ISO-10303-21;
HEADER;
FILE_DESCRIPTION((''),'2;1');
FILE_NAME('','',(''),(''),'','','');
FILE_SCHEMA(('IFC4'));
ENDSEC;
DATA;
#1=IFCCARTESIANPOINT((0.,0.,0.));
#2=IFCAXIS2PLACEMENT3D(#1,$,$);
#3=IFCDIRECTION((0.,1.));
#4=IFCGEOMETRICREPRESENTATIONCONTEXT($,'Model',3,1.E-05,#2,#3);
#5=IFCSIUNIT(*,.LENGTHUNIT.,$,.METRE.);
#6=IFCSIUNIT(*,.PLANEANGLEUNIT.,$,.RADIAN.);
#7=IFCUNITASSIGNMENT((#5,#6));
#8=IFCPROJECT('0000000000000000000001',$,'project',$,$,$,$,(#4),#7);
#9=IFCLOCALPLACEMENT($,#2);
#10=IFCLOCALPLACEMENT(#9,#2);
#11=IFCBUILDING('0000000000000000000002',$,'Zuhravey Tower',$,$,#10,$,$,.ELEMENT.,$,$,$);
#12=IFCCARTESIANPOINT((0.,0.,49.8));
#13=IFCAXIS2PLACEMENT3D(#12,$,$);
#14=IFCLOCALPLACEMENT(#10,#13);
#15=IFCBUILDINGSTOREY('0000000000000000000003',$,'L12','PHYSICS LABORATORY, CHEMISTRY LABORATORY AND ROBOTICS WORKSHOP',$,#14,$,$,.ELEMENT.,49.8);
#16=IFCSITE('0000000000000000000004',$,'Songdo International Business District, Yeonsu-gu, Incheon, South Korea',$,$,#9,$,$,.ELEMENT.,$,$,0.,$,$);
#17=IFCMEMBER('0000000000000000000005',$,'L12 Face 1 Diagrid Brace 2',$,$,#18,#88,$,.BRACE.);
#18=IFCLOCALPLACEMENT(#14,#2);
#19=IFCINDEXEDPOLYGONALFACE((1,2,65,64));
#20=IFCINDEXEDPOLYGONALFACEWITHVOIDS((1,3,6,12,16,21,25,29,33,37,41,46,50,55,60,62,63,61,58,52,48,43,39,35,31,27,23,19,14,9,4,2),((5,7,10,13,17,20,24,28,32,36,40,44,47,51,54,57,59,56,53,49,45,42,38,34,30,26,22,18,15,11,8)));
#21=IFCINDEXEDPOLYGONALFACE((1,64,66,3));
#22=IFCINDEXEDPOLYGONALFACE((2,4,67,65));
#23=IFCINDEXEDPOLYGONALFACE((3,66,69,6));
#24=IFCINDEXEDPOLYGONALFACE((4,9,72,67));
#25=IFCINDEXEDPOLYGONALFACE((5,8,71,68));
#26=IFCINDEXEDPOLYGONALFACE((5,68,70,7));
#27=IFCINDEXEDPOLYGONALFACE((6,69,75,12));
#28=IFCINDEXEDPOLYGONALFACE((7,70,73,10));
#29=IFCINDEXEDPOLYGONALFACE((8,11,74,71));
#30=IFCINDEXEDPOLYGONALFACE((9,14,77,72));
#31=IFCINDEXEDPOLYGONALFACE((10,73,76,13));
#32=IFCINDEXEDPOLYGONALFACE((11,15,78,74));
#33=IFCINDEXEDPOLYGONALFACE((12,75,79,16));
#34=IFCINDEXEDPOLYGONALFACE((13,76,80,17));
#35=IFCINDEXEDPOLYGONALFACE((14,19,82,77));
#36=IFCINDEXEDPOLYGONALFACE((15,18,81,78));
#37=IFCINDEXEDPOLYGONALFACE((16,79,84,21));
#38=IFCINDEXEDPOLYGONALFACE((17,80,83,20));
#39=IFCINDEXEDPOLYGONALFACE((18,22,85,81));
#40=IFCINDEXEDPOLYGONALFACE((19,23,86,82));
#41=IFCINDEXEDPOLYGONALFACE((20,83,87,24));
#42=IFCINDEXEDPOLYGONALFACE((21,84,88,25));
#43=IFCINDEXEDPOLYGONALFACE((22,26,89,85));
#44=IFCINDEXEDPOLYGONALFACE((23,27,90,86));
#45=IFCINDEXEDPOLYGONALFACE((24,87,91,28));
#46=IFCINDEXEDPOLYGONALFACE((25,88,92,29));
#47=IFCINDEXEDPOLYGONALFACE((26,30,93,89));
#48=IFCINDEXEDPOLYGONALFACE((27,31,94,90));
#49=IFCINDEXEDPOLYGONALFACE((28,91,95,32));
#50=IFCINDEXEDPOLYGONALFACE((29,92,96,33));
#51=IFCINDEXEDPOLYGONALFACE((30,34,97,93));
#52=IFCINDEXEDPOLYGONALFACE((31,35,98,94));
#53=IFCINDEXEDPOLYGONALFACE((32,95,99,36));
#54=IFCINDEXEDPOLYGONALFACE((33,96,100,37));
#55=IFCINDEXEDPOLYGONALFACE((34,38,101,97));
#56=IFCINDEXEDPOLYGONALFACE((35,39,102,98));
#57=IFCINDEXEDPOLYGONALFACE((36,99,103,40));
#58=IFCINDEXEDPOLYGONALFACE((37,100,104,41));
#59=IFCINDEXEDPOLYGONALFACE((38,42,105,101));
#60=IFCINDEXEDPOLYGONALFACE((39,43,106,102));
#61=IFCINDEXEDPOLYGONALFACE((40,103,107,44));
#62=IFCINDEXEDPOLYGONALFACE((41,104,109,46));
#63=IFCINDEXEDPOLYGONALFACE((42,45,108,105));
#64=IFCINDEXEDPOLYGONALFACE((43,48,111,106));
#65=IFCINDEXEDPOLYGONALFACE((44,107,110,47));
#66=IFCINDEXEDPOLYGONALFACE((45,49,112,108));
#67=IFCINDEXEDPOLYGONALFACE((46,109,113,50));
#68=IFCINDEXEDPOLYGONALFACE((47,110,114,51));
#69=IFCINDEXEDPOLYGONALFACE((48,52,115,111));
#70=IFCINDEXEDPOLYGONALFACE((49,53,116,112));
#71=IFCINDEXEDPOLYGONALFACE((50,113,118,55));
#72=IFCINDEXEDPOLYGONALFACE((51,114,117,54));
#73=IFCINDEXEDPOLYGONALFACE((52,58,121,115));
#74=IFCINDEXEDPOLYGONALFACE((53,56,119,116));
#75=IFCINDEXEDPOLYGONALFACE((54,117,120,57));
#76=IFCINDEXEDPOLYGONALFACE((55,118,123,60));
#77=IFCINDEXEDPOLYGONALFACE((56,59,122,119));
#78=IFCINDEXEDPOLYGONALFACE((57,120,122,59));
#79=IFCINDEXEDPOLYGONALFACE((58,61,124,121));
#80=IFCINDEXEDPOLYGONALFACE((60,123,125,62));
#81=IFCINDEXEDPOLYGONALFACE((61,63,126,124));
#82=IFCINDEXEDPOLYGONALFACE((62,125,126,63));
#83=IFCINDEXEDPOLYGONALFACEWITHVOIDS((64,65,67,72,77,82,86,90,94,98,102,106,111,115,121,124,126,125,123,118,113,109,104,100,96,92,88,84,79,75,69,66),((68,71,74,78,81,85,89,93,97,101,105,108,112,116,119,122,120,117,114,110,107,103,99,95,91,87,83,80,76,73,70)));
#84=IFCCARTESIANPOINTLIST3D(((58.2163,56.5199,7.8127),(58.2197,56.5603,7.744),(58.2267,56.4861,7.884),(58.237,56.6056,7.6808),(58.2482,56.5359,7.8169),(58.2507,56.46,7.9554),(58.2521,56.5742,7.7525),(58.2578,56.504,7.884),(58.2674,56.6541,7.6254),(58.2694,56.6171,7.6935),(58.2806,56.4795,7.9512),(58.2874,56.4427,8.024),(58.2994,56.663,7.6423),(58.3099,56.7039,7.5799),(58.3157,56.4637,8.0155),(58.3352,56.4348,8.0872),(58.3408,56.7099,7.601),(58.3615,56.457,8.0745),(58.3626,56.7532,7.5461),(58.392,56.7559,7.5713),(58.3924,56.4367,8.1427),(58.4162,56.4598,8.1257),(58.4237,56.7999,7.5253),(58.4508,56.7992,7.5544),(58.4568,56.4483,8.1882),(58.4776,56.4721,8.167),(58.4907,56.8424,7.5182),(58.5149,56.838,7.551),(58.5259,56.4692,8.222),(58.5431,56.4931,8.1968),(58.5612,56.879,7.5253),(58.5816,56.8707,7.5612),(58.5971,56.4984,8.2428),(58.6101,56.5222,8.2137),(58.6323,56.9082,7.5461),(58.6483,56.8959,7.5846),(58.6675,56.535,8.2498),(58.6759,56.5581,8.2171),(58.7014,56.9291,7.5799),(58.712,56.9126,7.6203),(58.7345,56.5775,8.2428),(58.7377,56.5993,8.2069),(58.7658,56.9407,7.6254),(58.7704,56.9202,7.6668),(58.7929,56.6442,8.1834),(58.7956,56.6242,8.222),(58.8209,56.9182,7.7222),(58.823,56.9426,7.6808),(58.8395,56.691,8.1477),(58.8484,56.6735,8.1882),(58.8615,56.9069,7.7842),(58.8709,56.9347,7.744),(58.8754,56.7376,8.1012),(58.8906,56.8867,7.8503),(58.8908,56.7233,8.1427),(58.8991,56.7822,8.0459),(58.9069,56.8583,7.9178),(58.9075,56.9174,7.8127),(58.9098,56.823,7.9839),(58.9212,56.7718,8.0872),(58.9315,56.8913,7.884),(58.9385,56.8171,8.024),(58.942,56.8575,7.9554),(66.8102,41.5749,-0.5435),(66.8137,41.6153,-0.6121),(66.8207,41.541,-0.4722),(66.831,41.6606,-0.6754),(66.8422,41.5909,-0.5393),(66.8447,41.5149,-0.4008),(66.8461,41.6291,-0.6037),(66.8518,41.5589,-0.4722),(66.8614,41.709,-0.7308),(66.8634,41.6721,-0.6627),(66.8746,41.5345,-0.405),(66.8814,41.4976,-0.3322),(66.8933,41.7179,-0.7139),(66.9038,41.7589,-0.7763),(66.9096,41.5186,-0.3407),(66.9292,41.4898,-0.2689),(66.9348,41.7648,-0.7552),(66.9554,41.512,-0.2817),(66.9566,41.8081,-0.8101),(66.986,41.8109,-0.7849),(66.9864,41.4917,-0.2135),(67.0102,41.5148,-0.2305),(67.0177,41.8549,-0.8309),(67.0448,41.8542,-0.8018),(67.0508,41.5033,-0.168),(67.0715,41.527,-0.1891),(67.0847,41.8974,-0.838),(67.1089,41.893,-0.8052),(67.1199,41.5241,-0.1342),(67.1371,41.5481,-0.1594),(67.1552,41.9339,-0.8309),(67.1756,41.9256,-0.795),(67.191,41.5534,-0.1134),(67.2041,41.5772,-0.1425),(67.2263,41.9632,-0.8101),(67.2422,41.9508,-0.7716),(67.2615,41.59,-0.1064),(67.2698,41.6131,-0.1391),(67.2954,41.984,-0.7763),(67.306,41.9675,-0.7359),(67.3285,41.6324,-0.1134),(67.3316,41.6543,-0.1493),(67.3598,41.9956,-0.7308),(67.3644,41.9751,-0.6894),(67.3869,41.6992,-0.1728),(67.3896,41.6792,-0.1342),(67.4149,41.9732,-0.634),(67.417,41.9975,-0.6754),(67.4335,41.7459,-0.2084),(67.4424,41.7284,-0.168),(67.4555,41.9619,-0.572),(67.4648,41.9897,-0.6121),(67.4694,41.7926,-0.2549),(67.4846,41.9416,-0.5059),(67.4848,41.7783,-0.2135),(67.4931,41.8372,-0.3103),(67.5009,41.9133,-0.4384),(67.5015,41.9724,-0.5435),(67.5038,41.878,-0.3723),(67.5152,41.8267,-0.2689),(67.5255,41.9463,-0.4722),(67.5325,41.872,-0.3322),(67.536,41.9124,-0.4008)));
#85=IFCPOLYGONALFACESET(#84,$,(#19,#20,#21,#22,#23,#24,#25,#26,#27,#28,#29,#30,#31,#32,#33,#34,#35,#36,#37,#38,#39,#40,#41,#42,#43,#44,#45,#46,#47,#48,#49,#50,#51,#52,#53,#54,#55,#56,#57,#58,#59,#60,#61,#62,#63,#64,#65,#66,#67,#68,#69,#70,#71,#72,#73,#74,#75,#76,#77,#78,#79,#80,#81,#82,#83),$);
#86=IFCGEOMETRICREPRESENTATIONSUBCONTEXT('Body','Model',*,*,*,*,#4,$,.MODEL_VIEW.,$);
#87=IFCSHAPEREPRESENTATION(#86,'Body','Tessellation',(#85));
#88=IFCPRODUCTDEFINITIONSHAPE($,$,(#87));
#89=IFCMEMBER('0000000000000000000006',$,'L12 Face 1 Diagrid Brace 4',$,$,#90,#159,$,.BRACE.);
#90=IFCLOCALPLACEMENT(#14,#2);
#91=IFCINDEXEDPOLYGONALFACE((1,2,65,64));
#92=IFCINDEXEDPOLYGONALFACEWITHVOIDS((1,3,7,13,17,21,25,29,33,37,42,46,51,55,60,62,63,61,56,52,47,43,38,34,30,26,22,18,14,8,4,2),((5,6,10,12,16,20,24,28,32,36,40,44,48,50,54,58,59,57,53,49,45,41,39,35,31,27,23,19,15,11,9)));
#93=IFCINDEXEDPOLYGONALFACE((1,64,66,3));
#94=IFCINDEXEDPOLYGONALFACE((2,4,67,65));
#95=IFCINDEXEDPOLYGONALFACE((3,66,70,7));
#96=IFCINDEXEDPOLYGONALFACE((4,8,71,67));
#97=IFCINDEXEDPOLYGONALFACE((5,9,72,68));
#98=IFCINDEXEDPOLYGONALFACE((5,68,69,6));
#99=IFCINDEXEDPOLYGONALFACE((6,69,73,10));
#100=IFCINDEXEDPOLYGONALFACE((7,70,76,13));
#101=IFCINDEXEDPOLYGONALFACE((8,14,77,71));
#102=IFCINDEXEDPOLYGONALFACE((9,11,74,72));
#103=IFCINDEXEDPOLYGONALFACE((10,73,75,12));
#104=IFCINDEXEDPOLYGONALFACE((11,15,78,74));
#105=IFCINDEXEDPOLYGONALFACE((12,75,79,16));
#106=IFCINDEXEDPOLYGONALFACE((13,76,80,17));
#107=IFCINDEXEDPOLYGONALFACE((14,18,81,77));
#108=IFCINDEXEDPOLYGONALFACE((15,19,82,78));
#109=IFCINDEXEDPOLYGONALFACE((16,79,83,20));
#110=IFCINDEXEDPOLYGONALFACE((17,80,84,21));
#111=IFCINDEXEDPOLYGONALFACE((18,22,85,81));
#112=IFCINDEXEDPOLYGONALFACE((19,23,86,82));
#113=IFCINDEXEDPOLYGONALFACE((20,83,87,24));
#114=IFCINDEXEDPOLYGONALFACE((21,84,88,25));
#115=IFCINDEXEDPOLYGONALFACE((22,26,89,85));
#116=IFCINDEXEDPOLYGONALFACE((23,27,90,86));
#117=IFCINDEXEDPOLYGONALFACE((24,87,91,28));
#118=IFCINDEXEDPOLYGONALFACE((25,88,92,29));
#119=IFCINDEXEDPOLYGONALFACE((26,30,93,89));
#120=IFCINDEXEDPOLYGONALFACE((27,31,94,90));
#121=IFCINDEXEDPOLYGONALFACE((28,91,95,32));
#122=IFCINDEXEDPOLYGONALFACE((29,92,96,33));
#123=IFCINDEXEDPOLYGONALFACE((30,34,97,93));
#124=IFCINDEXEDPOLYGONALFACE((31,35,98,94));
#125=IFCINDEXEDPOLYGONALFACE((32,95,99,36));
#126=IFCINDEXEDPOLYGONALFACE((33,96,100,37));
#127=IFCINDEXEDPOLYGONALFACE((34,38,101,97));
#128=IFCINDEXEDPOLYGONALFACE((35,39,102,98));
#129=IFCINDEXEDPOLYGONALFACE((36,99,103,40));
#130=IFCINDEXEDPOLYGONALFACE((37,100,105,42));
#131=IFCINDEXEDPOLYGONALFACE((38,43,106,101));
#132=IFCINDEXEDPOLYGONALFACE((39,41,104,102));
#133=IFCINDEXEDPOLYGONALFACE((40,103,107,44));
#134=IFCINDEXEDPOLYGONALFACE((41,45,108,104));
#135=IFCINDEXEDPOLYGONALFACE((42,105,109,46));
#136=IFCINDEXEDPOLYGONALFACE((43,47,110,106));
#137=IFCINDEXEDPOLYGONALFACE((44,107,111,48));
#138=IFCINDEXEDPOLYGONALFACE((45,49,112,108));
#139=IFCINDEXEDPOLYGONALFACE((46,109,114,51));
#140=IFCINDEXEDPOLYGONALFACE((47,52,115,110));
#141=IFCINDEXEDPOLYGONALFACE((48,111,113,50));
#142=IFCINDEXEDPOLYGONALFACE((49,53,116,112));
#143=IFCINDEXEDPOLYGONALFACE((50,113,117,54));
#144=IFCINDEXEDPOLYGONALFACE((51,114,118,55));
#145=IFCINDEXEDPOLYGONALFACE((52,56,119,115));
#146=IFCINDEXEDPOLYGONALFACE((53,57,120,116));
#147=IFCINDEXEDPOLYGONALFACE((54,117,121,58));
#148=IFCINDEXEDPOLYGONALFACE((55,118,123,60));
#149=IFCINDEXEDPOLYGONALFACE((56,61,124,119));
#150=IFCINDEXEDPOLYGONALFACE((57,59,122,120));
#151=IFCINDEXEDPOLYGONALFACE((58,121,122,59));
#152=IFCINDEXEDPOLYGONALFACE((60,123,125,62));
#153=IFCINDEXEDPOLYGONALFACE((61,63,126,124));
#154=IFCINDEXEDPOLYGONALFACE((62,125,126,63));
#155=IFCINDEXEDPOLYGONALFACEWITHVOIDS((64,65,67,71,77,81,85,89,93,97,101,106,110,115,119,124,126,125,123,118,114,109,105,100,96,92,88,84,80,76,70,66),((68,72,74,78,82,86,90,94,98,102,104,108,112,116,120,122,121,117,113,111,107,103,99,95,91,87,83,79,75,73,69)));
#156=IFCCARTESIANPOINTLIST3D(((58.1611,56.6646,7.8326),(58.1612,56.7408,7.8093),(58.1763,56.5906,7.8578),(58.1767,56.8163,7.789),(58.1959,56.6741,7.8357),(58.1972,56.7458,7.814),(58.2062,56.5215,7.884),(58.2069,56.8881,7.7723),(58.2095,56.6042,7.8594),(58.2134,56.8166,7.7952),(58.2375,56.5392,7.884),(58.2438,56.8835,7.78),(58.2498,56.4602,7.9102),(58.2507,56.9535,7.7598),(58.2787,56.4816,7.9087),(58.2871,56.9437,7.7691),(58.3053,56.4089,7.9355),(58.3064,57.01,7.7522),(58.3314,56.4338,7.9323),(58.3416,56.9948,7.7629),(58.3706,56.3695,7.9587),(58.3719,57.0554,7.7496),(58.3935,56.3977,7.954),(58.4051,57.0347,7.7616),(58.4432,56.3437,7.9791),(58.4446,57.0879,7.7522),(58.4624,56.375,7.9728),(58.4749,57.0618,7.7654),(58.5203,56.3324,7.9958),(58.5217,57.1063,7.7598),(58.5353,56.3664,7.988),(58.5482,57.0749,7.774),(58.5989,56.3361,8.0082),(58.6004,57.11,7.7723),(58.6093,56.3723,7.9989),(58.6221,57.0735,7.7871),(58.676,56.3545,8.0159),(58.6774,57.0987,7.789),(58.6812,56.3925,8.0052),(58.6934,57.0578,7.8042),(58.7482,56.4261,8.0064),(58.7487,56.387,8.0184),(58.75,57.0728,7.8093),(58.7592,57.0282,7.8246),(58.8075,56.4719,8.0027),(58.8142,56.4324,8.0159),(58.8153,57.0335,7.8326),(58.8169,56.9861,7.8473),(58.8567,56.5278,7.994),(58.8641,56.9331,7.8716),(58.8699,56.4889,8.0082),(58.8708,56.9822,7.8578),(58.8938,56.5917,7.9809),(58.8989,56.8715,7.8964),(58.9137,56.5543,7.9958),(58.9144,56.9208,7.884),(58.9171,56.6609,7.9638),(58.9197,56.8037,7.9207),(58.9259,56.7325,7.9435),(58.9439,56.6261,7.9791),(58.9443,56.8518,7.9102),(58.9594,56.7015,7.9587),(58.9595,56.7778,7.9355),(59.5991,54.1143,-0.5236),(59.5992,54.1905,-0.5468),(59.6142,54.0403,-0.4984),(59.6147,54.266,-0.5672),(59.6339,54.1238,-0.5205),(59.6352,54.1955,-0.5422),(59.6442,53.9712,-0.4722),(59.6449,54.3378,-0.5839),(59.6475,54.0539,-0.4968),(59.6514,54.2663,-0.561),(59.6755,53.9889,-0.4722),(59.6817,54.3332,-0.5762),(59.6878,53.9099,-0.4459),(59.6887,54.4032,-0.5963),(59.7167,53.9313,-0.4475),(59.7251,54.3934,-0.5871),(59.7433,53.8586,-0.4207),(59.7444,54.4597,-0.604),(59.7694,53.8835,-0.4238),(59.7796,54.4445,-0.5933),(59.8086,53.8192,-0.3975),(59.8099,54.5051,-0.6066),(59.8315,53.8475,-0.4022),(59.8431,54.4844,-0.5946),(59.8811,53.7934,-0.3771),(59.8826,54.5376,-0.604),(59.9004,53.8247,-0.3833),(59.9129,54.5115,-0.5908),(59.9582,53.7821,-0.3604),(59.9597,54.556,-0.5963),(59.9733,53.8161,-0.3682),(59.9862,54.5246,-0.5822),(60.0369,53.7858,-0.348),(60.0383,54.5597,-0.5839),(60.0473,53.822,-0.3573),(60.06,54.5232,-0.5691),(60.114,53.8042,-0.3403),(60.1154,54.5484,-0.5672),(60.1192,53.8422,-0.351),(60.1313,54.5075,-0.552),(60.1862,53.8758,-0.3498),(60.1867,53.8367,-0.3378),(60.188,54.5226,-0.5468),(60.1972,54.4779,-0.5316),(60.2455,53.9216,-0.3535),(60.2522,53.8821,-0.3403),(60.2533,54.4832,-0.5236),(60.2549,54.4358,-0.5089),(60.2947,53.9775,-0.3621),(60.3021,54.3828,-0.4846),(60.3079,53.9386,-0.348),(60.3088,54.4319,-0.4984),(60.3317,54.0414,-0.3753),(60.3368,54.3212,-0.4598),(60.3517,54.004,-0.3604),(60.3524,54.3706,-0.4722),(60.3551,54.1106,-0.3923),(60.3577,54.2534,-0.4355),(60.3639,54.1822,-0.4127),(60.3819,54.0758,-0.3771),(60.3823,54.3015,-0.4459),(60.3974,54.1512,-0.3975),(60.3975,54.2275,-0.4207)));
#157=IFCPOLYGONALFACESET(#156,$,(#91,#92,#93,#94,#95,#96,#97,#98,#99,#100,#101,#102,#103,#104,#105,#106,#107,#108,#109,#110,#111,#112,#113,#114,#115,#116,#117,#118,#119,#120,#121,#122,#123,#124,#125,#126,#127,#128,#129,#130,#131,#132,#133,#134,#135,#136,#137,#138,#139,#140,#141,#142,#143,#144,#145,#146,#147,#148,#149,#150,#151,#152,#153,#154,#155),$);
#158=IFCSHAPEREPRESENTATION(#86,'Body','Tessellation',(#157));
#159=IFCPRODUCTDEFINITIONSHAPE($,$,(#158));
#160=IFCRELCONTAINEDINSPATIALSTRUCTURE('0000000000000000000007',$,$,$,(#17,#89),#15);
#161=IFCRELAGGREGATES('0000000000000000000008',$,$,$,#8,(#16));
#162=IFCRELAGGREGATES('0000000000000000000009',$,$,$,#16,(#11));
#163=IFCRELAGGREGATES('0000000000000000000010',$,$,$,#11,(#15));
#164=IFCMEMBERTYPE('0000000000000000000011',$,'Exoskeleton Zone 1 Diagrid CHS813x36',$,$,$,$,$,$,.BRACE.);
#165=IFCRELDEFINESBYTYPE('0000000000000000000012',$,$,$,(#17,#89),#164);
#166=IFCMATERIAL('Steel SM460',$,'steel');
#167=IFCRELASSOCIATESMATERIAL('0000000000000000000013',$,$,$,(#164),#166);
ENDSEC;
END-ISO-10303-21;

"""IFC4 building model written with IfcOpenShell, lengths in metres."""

from ifc_helpers import new_model, si_unit, direction, frame, origin, origin_2d, place, context, subcontext, project, spatial, hollow_circle, extrude, material, material_profile, profile_set, type_object, element, save


model = new_model("IFC4")

# Units and contexts
model_context = context("Model", 3, precision=1e-05, world=origin(), true_north=direction((0.0, 1.0)))
body_context = subcontext(model_context, "Body", "Model", "MODEL_VIEW")
ifc_project = project(units=[si_unit("LENGTHUNIT", "METRE"), si_unit("PLANEANGLEUNIT", "RADIAN")], contexts=[model_context])

# Site, building, storey
site_placement = place(None, origin())
site = spatial("IfcSite", under=ifc_project, at=site_placement, Name="Songdo International Business District, Yeonsu-gu, Incheon, South Korea", CompositionType="ELEMENT", RefElevation=0.0)
building_placement = place(site_placement, origin())
building = spatial("IfcBuilding", under=site, at=building_placement, Name="Zuhravey Tower", CompositionType="ELEMENT")
storey_placement = place(building_placement, frame((0.0, 0.0, 49.8)))
storey = spatial("IfcBuildingStorey", under=building, at=storey_placement, Name="L12", Description="PHYSICS LABORATORY, CHEMISTRY LABORATORY AND ROBOTICS WORKSHOP", CompositionType="ELEMENT", Elevation=49.8)

# Members
ifc_material_1 = material(Name="Steel SM460", Category="steel")
ifc_material_profile_1 = material_profile(ifc_material_1, hollow_circle(Radius=0.4065, WallThickness=0.0359, at=origin_2d()), Name="CHS-812.8x36")
ifc_profile_set_1 = profile_set([ifc_material_profile_1], Name="Steel SM460")
member_type_1 = type_object("IfcMemberType", Name="Exoskeleton Zone 1 Diagrid CHS813x36", PredefinedType="BRACE", material=ifc_profile_set_1)
member_1_placement = place(storey_placement, frame((67.1731, 41.7437, -0.4722), z_axis=(-0.44858, 0.780086, 0.436168), x_axis=(-0.866892, -0.498496, 0.0)))
element("IfcMember", 1, at=member_1_placement, inside=storey, type_object=member_type_1, Name="L12 Face 1 Diagrid Brace 2", PredefinedType="BRACE", context=body_context, shape_type="SweptSolid", body=[
    extrude(hollow_circle(Radius=0.4065, WallThickness=0.0359, at=origin_2d()), origin(), (0.0, 0.0, 1.0), 19.1582),
])
member_2_placement = place(storey_placement, frame((59.9983, 54.1709, -0.4722), z_axis=(-0.162406, 0.28803, 0.943749), x_axis=(-0.871072, -0.491156, 0.0)))
element("IfcMember", 2, at=member_2_placement, inside=storey, type_object=member_type_1, Name="L12 Face 1 Diagrid Brace 4", PredefinedType="BRACE", context=body_context, shape_type="SweptSolid", body=[
    extrude(hollow_circle(Radius=0.4065, WallThickness=0.0359, at=origin_2d()), origin(), (0.0, 0.0, 1.0), 8.8542),
])

save(model, "model.ifc")
